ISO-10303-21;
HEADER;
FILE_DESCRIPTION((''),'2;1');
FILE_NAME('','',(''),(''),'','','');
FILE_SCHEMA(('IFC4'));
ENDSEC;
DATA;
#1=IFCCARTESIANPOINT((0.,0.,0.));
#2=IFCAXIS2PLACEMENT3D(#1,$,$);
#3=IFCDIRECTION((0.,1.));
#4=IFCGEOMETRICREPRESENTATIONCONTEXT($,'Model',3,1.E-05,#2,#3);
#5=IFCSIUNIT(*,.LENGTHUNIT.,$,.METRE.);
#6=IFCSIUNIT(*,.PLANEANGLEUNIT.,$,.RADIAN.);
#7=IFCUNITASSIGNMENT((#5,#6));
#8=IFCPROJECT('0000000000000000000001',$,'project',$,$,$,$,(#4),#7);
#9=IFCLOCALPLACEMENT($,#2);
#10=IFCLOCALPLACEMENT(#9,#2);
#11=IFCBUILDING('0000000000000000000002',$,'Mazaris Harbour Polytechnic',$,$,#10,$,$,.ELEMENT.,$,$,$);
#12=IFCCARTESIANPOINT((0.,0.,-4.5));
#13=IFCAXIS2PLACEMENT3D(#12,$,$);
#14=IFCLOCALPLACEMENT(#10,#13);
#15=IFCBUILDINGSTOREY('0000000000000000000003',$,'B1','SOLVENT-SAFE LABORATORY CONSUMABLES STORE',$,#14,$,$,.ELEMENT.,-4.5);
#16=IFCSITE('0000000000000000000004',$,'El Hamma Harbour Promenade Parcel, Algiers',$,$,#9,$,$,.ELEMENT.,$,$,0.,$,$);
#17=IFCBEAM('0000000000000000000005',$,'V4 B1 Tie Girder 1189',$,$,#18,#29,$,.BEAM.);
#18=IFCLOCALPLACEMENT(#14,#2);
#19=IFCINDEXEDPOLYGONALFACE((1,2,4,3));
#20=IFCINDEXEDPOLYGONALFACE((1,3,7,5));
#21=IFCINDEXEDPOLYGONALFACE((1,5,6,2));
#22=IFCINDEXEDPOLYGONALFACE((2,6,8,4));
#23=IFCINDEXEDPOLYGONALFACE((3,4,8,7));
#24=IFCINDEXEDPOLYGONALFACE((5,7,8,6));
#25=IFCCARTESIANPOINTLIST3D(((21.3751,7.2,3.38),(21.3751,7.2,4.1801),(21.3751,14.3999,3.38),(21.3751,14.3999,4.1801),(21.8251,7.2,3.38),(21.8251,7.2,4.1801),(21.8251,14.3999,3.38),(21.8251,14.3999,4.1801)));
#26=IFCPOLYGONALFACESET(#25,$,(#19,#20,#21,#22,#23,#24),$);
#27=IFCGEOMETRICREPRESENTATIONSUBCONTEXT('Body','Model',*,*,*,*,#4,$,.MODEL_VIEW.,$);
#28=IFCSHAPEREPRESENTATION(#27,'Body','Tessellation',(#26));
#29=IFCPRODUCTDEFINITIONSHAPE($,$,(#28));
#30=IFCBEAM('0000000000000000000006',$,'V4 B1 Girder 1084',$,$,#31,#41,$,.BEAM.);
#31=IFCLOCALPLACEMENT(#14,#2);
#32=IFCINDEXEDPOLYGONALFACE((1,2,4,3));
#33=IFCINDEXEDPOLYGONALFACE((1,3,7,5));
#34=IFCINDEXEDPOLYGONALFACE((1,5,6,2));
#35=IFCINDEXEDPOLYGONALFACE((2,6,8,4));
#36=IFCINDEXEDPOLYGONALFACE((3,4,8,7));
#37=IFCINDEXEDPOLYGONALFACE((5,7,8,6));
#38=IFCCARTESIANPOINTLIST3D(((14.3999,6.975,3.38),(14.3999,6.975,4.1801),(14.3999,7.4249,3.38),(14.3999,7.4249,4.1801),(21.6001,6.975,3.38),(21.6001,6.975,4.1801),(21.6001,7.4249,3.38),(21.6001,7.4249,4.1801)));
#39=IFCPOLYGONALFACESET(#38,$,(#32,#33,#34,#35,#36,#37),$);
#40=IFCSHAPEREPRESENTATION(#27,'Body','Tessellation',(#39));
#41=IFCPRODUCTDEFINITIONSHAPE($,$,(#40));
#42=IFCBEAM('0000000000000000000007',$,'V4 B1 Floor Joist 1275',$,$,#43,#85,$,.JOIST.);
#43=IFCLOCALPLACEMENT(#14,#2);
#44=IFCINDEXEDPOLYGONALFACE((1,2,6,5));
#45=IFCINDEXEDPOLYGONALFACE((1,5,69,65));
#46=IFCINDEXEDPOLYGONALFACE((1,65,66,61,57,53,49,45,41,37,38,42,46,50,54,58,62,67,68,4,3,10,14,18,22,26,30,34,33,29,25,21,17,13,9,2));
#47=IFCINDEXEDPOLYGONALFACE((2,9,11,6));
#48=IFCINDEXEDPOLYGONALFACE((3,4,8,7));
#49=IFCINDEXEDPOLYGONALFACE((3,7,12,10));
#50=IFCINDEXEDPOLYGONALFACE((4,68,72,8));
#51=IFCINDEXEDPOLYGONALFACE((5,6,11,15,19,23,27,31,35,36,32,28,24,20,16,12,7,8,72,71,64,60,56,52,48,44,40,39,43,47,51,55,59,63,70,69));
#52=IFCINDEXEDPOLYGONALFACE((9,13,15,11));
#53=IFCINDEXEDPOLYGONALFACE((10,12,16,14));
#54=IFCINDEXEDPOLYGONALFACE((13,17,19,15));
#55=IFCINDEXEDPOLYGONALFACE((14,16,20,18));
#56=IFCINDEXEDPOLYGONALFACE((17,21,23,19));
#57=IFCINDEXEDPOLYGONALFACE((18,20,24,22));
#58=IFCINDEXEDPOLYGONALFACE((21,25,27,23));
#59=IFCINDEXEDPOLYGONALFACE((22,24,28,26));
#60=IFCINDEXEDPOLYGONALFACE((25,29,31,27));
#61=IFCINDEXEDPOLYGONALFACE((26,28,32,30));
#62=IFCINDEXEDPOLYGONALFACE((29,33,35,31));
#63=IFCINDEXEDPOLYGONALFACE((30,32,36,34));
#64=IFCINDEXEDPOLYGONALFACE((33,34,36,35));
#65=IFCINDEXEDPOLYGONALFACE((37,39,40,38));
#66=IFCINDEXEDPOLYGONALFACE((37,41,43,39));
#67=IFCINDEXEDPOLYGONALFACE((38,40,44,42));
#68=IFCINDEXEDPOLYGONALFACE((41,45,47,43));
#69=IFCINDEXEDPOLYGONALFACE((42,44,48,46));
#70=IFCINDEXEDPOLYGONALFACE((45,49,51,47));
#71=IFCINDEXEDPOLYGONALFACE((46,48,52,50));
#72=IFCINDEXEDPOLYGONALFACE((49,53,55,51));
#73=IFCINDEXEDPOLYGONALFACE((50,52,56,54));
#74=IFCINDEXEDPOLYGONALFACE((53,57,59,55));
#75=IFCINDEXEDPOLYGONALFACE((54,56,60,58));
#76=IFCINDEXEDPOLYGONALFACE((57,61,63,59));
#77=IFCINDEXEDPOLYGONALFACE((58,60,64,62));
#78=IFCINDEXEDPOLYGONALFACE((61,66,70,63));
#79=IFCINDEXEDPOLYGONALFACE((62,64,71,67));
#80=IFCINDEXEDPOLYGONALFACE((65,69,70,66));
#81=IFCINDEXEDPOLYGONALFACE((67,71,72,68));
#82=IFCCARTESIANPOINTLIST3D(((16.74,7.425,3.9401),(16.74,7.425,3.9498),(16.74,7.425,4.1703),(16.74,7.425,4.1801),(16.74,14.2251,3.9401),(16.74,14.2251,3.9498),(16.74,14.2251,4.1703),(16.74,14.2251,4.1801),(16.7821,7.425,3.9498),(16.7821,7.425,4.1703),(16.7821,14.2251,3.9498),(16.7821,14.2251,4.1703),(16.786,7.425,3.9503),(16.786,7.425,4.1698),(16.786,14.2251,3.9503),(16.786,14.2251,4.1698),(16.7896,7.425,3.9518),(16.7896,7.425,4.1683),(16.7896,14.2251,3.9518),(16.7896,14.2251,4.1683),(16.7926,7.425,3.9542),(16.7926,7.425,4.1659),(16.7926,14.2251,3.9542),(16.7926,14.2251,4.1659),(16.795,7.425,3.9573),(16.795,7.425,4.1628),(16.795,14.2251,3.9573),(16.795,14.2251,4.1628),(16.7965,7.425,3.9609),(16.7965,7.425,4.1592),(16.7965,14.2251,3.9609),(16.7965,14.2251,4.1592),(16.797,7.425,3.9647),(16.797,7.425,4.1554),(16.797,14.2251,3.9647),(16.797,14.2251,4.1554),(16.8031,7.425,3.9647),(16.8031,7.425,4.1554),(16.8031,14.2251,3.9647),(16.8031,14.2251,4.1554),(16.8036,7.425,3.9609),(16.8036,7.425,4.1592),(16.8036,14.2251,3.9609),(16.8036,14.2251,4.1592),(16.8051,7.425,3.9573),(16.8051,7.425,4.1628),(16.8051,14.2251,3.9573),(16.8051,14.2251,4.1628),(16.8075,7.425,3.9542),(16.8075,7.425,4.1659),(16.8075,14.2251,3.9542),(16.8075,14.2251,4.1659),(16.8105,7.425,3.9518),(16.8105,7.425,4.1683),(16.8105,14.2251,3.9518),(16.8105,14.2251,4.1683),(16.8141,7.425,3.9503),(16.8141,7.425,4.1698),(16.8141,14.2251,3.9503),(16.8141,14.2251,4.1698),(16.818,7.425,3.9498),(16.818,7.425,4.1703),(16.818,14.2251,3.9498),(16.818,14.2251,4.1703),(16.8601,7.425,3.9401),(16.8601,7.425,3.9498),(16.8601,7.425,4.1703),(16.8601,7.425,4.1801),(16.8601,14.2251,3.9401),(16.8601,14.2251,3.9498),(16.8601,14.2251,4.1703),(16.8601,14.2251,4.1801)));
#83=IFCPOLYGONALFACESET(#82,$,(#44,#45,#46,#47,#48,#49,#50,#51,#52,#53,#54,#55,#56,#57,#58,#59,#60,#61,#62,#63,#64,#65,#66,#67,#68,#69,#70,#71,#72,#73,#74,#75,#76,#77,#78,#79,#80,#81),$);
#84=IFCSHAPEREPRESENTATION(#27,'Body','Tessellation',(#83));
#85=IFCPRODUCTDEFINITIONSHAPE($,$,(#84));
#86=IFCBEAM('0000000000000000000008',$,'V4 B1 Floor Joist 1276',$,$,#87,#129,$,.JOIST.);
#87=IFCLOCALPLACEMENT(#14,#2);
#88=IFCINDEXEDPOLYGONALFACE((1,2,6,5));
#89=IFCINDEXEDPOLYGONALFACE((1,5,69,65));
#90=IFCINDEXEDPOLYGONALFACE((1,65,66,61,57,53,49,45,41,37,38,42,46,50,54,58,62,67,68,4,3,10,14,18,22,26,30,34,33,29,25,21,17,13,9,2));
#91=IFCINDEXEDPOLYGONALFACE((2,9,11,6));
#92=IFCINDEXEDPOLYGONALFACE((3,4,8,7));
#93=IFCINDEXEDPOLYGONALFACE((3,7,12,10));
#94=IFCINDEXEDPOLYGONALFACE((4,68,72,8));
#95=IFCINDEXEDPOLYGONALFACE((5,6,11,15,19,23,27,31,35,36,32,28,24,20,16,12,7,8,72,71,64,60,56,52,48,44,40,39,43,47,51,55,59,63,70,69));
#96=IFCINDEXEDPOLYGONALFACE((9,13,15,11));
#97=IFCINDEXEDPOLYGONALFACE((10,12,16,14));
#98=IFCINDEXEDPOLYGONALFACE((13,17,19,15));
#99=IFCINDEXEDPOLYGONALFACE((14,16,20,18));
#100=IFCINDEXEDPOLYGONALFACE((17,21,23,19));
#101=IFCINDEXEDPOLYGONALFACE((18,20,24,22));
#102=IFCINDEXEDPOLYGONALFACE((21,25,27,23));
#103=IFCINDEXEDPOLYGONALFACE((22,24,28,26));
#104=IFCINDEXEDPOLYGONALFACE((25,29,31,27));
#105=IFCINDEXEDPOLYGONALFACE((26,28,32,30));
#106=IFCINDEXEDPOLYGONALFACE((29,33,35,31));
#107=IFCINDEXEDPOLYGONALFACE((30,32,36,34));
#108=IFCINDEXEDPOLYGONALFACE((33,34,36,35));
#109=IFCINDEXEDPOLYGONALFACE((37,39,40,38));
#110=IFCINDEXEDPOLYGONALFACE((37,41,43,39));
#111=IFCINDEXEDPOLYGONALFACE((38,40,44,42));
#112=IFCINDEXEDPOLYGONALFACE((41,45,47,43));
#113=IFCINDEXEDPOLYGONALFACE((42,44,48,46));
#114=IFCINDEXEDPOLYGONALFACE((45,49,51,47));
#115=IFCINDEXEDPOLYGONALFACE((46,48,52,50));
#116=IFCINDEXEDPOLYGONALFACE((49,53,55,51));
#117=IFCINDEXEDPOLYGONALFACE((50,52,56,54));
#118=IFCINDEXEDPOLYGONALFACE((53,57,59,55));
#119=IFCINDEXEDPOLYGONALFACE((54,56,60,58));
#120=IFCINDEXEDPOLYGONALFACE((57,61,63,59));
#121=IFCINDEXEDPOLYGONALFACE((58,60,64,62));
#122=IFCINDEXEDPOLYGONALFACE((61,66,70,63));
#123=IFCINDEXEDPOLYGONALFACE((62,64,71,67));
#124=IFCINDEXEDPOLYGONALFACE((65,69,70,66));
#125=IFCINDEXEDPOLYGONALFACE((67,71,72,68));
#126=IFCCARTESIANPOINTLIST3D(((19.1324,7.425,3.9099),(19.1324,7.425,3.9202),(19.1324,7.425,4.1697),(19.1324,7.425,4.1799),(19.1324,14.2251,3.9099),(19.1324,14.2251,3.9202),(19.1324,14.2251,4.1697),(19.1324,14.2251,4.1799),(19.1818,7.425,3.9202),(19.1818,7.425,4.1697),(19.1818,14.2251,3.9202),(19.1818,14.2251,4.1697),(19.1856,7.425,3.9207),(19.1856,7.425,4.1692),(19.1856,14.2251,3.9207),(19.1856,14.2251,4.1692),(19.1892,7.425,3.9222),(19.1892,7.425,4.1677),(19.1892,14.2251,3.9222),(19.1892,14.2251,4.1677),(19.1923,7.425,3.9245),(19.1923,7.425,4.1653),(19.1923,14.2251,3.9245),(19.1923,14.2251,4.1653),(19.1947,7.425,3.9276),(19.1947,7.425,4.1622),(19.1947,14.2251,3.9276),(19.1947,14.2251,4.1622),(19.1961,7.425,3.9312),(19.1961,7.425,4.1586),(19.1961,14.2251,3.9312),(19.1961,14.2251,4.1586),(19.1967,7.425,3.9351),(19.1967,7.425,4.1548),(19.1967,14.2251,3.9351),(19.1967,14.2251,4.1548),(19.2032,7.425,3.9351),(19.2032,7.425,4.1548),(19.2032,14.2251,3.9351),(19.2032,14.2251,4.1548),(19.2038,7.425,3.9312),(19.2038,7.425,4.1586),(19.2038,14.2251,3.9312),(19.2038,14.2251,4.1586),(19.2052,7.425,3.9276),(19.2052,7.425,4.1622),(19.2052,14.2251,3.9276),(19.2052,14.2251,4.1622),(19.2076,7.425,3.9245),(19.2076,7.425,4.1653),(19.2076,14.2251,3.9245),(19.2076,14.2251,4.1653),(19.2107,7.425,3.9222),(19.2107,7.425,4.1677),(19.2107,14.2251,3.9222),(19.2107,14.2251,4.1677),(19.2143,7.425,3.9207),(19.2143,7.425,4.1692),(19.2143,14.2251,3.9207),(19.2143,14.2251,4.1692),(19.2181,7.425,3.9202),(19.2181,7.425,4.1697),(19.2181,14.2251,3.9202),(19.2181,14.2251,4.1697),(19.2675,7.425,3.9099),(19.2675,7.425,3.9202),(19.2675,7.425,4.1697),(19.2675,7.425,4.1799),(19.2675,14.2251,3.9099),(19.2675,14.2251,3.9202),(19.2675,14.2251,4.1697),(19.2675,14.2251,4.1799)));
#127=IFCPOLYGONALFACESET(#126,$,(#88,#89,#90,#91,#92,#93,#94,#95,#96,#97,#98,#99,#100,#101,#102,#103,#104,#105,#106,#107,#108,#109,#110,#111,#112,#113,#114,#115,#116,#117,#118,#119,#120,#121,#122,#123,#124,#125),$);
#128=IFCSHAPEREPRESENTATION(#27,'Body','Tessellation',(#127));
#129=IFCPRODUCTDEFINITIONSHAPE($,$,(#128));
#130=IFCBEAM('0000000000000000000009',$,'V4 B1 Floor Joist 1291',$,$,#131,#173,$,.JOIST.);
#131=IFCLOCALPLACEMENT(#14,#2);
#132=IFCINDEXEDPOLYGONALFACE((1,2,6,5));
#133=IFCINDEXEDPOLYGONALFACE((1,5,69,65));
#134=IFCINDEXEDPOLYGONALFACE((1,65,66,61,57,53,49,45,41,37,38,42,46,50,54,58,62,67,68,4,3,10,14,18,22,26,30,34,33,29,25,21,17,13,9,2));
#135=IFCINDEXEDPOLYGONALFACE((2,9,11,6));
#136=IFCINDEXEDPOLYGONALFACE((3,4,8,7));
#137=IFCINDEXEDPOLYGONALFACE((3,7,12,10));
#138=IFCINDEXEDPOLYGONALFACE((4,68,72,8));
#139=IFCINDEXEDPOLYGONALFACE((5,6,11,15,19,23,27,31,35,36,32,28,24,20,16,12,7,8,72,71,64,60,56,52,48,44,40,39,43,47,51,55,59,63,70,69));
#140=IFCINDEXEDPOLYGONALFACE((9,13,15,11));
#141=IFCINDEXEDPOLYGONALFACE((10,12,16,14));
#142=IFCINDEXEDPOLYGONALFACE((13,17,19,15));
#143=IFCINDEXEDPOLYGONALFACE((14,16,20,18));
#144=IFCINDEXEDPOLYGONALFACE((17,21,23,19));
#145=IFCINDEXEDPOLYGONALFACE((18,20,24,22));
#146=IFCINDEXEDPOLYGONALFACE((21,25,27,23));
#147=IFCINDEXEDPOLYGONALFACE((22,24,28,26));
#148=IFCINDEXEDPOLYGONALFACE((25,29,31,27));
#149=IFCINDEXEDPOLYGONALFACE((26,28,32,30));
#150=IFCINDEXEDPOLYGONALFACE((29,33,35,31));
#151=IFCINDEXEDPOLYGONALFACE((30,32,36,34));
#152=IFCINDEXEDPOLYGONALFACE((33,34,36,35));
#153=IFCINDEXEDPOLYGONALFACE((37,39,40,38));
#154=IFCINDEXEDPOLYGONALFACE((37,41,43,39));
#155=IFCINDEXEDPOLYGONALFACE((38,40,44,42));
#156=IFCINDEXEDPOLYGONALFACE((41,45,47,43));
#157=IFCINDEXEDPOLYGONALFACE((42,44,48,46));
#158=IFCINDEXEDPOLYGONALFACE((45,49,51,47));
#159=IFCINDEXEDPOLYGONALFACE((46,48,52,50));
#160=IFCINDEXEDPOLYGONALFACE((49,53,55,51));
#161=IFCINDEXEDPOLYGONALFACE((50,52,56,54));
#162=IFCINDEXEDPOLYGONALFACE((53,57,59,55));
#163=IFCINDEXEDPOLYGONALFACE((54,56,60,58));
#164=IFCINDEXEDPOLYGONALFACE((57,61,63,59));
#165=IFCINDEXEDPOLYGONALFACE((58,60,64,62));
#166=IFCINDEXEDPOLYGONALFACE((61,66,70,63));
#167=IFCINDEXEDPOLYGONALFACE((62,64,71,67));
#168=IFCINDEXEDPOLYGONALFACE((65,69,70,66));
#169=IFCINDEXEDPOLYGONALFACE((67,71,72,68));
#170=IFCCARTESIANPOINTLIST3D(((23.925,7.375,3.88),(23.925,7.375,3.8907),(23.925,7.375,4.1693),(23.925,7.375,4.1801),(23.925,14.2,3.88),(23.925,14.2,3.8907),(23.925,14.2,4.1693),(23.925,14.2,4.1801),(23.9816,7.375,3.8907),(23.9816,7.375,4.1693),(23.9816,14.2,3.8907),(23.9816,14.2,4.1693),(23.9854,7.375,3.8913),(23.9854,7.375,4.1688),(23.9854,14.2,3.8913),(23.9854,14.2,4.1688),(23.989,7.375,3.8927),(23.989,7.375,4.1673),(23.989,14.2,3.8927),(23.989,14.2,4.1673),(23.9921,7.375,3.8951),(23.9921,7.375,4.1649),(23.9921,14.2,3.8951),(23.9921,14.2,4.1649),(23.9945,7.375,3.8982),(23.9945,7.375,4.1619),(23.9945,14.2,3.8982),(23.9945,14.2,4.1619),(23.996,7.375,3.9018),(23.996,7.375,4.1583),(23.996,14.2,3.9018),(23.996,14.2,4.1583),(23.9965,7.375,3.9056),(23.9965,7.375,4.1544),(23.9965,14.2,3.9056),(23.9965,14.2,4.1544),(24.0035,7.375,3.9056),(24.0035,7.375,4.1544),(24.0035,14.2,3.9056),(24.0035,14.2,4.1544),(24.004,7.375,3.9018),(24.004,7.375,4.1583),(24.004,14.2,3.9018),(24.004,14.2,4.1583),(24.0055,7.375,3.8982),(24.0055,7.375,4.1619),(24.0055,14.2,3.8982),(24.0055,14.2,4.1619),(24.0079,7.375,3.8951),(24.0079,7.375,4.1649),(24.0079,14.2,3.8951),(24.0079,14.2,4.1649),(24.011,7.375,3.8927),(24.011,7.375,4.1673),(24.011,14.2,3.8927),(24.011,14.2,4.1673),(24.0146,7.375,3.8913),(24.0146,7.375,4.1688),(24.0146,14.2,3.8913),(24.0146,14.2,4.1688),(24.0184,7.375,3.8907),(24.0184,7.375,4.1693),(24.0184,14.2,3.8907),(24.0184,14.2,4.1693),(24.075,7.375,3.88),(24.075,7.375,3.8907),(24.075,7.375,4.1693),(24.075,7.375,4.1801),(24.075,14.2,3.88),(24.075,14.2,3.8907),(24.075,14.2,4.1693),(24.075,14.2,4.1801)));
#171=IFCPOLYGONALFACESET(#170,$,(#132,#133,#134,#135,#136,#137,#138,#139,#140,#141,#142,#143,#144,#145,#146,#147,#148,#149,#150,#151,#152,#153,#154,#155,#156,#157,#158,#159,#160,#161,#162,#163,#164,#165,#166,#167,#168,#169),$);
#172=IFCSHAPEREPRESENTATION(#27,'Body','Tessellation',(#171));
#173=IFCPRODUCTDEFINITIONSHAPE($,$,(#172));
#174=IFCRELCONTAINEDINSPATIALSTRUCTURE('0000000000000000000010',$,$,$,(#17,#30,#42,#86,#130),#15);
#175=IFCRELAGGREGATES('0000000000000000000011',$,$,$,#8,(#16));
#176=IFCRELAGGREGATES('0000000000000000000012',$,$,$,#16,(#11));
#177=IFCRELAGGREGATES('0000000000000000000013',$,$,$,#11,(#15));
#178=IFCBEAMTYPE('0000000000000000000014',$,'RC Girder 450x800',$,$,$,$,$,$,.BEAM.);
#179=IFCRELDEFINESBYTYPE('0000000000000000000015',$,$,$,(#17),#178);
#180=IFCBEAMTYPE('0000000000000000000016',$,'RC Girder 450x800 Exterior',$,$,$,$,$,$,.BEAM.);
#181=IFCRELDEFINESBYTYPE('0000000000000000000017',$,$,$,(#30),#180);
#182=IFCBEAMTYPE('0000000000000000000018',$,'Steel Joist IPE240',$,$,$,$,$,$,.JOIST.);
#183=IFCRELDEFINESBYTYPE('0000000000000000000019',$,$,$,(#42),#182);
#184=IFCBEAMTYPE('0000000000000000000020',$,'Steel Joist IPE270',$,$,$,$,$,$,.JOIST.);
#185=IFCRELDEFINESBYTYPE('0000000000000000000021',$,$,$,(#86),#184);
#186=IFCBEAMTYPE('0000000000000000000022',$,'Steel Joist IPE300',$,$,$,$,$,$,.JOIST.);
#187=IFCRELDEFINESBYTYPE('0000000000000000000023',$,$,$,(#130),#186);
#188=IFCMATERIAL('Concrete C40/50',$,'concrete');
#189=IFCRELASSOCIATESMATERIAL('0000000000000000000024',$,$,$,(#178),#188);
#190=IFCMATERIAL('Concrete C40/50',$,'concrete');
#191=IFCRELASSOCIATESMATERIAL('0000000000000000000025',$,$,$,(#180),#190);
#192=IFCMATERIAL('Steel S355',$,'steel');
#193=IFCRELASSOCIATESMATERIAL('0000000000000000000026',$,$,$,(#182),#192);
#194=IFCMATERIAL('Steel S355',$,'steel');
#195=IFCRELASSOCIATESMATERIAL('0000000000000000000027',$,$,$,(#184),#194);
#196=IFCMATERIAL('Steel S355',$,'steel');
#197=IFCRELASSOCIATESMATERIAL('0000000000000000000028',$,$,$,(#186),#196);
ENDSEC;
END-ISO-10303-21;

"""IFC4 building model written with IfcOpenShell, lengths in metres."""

from ifc_helpers import new_model, si_unit, direction, frame, origin, origin_2d, place, context, subcontext, project, spatial, rectangle, i_section, extrude, material, material_profile, profile_set, type_object, element, save


model = new_model("IFC4")

# Units and contexts
model_context = context("Model", 3, precision=1e-05, world=origin(), true_north=direction((0.0, 1.0)))
body_context = subcontext(model_context, "Body", "Model", "MODEL_VIEW")
ifc_project = project(units=[si_unit("LENGTHUNIT", "METRE"), si_unit("PLANEANGLEUNIT", "RADIAN")], contexts=[model_context])

# Site, building, storey
site_placement = place(None, origin())
site = spatial("IfcSite", under=ifc_project, at=site_placement, Name="El Hamma Harbour Promenade Parcel, Algiers", CompositionType="ELEMENT", RefElevation=0.0)
building_placement = place(site_placement, origin())
building = spatial("IfcBuilding", under=site, at=building_placement, Name="Mazaris Harbour Polytechnic", CompositionType="ELEMENT")
storey_placement = place(building_placement, frame((0.0, 0.0, -4.5)))
storey = spatial("IfcBuildingStorey", under=building, at=storey_placement, Name="B1", Description="SOLVENT-SAFE LABORATORY CONSUMABLES STORE", CompositionType="ELEMENT", Elevation=-4.5)

# Beams
ifc_material_1 = material(Name="Concrete C40/50", Category="concrete")
ifc_material_profile_1 = material_profile(ifc_material_1, rectangle(XDim=0.45, YDim=0.8, at=origin_2d()), Name="RECT450x800")
ifc_profile_set_1 = profile_set([ifc_material_profile_1], Name="Concrete C40/50")
beam_type_1 = type_object("IfcBeamType", Name="RC Girder 450x800", PredefinedType="BEAM", material=ifc_profile_set_1)
beam_1_placement = place(storey_placement, frame((21.6001, 7.2, 3.78), z_axis=(0.0, 1.0, 0.0), x_axis=(-1.0, 0.0, 0.0)))
element("IfcBeam", 1, at=beam_1_placement, inside=storey, type_object=beam_type_1, Name="V4 B1 Tie Girder 1189", PredefinedType="BEAM", context=body_context, shape_type="SweptSolid", body=[
    extrude(rectangle(XDim=0.45, YDim=0.8, at=origin_2d()), origin(), (0.0, 0.0, 1.0), 7.2),
])
ifc_material_2 = material(Name="Concrete C40/50", Category="concrete")
ifc_material_profile_2 = material_profile(ifc_material_2, rectangle(XDim=0.45, YDim=0.8, at=origin_2d()), Name="RECT450x800")
ifc_profile_set_2 = profile_set([ifc_material_profile_2], Name="Concrete C40/50")
beam_type_2 = type_object("IfcBeamType", Name="RC Girder 450x800 Exterior", PredefinedType="BEAM", material=ifc_profile_set_2)
beam_2_placement = place(storey_placement, frame((14.3999, 7.2, 3.78), z_axis=(1.0, 0.0, 0.0), x_axis=(0.0, 1.0, 0.0)))
element("IfcBeam", 2, at=beam_2_placement, inside=storey, type_object=beam_type_2, Name="V4 B1 Girder 1084", PredefinedType="BEAM", context=body_context, shape_type="SweptSolid", body=[
    extrude(rectangle(XDim=0.45, YDim=0.8, at=origin_2d()), origin(), (0.0, 0.0, 1.0), 7.2002),
])
ifc_material_3 = material(Name="Steel S355", Category="steel")
ifc_material_profile_3 = material_profile(ifc_material_3, i_section(OverallWidth=0.1201, OverallDepth=0.24, WebThickness=0.0061, FlangeThickness=0.0098, FilletRadius=0.0149, at=origin_2d()), Name="IPE 240")
ifc_profile_set_3 = profile_set([ifc_material_profile_3], Name="Steel S355")
beam_type_3 = type_object("IfcBeamType", Name="Steel Joist IPE240", PredefinedType="JOIST", material=ifc_profile_set_3)
beam_3_placement = place(storey_placement, frame((16.8, 7.425, 4.0601), z_axis=(0.0, 1.0, 0.0), x_axis=(-1.0, 0.0, 0.0)))
element("IfcBeam", 3, at=beam_3_placement, inside=storey, type_object=beam_type_3, Name="V4 B1 Floor Joist 1275", PredefinedType="JOIST", context=body_context, shape_type="SweptSolid", body=[
    extrude(i_section(OverallWidth=0.1201, OverallDepth=0.24, WebThickness=0.0061, FlangeThickness=0.0098, FilletRadius=0.0149, at=origin_2d()), origin(), (0.0, 0.0, 1.0), 6.8),
])
ifc_material_4 = material(Name="Steel S355", Category="steel")
ifc_material_profile_4 = material_profile(ifc_material_4, i_section(OverallWidth=0.135, OverallDepth=0.27, WebThickness=0.0066, FlangeThickness=0.0103, FilletRadius=0.0149, at=origin_2d()), Name="IPE 270")
ifc_profile_set_4 = profile_set([ifc_material_profile_4], Name="Steel S355")
beam_type_4 = type_object("IfcBeamType", Name="Steel Joist IPE270", PredefinedType="JOIST", material=ifc_profile_set_4)
beam_4_placement = place(storey_placement, frame((19.2, 7.425, 4.0449), z_axis=(0.0, 1.0, 0.0), x_axis=(-1.0, 0.0, 0.0)))
element("IfcBeam", 4, at=beam_4_placement, inside=storey, type_object=beam_type_4, Name="V4 B1 Floor Joist 1276", PredefinedType="JOIST", context=body_context, shape_type="SweptSolid", body=[
    extrude(i_section(OverallWidth=0.135, OverallDepth=0.27, WebThickness=0.0066, FlangeThickness=0.0103, FilletRadius=0.0149, at=origin_2d()), origin(), (0.0, 0.0, 1.0), 6.8),
])
ifc_material_5 = material(Name="Steel S355", Category="steel")
ifc_material_profile_5 = material_profile(ifc_material_5, i_section(OverallWidth=0.1499, OverallDepth=0.3, WebThickness=0.0071, FlangeThickness=0.0107, FilletRadius=0.0149, at=origin_2d()), Name="IPE 300")
ifc_profile_set_5 = profile_set([ifc_material_profile_5], Name="Steel S355")
beam_type_5 = type_object("IfcBeamType", Name="Steel Joist IPE300", PredefinedType="JOIST", material=ifc_profile_set_5)
beam_5_placement = place(storey_placement, frame((24.0, 7.375, 4.03), z_axis=(0.0, 1.0, 0.0), x_axis=(-1.0, 0.0, 0.0)))
element("IfcBeam", 5, at=beam_5_placement, inside=storey, type_object=beam_type_5, Name="V4 B1 Floor Joist 1291", PredefinedType="JOIST", context=body_context, shape_type="SweptSolid", body=[
    extrude(i_section(OverallWidth=0.1499, OverallDepth=0.3, WebThickness=0.0071, FlangeThickness=0.0107, FilletRadius=0.0149, at=origin_2d()), origin(), (0.0, 0.0, 1.0), 6.825),
])

save(model, "model.ifc")
